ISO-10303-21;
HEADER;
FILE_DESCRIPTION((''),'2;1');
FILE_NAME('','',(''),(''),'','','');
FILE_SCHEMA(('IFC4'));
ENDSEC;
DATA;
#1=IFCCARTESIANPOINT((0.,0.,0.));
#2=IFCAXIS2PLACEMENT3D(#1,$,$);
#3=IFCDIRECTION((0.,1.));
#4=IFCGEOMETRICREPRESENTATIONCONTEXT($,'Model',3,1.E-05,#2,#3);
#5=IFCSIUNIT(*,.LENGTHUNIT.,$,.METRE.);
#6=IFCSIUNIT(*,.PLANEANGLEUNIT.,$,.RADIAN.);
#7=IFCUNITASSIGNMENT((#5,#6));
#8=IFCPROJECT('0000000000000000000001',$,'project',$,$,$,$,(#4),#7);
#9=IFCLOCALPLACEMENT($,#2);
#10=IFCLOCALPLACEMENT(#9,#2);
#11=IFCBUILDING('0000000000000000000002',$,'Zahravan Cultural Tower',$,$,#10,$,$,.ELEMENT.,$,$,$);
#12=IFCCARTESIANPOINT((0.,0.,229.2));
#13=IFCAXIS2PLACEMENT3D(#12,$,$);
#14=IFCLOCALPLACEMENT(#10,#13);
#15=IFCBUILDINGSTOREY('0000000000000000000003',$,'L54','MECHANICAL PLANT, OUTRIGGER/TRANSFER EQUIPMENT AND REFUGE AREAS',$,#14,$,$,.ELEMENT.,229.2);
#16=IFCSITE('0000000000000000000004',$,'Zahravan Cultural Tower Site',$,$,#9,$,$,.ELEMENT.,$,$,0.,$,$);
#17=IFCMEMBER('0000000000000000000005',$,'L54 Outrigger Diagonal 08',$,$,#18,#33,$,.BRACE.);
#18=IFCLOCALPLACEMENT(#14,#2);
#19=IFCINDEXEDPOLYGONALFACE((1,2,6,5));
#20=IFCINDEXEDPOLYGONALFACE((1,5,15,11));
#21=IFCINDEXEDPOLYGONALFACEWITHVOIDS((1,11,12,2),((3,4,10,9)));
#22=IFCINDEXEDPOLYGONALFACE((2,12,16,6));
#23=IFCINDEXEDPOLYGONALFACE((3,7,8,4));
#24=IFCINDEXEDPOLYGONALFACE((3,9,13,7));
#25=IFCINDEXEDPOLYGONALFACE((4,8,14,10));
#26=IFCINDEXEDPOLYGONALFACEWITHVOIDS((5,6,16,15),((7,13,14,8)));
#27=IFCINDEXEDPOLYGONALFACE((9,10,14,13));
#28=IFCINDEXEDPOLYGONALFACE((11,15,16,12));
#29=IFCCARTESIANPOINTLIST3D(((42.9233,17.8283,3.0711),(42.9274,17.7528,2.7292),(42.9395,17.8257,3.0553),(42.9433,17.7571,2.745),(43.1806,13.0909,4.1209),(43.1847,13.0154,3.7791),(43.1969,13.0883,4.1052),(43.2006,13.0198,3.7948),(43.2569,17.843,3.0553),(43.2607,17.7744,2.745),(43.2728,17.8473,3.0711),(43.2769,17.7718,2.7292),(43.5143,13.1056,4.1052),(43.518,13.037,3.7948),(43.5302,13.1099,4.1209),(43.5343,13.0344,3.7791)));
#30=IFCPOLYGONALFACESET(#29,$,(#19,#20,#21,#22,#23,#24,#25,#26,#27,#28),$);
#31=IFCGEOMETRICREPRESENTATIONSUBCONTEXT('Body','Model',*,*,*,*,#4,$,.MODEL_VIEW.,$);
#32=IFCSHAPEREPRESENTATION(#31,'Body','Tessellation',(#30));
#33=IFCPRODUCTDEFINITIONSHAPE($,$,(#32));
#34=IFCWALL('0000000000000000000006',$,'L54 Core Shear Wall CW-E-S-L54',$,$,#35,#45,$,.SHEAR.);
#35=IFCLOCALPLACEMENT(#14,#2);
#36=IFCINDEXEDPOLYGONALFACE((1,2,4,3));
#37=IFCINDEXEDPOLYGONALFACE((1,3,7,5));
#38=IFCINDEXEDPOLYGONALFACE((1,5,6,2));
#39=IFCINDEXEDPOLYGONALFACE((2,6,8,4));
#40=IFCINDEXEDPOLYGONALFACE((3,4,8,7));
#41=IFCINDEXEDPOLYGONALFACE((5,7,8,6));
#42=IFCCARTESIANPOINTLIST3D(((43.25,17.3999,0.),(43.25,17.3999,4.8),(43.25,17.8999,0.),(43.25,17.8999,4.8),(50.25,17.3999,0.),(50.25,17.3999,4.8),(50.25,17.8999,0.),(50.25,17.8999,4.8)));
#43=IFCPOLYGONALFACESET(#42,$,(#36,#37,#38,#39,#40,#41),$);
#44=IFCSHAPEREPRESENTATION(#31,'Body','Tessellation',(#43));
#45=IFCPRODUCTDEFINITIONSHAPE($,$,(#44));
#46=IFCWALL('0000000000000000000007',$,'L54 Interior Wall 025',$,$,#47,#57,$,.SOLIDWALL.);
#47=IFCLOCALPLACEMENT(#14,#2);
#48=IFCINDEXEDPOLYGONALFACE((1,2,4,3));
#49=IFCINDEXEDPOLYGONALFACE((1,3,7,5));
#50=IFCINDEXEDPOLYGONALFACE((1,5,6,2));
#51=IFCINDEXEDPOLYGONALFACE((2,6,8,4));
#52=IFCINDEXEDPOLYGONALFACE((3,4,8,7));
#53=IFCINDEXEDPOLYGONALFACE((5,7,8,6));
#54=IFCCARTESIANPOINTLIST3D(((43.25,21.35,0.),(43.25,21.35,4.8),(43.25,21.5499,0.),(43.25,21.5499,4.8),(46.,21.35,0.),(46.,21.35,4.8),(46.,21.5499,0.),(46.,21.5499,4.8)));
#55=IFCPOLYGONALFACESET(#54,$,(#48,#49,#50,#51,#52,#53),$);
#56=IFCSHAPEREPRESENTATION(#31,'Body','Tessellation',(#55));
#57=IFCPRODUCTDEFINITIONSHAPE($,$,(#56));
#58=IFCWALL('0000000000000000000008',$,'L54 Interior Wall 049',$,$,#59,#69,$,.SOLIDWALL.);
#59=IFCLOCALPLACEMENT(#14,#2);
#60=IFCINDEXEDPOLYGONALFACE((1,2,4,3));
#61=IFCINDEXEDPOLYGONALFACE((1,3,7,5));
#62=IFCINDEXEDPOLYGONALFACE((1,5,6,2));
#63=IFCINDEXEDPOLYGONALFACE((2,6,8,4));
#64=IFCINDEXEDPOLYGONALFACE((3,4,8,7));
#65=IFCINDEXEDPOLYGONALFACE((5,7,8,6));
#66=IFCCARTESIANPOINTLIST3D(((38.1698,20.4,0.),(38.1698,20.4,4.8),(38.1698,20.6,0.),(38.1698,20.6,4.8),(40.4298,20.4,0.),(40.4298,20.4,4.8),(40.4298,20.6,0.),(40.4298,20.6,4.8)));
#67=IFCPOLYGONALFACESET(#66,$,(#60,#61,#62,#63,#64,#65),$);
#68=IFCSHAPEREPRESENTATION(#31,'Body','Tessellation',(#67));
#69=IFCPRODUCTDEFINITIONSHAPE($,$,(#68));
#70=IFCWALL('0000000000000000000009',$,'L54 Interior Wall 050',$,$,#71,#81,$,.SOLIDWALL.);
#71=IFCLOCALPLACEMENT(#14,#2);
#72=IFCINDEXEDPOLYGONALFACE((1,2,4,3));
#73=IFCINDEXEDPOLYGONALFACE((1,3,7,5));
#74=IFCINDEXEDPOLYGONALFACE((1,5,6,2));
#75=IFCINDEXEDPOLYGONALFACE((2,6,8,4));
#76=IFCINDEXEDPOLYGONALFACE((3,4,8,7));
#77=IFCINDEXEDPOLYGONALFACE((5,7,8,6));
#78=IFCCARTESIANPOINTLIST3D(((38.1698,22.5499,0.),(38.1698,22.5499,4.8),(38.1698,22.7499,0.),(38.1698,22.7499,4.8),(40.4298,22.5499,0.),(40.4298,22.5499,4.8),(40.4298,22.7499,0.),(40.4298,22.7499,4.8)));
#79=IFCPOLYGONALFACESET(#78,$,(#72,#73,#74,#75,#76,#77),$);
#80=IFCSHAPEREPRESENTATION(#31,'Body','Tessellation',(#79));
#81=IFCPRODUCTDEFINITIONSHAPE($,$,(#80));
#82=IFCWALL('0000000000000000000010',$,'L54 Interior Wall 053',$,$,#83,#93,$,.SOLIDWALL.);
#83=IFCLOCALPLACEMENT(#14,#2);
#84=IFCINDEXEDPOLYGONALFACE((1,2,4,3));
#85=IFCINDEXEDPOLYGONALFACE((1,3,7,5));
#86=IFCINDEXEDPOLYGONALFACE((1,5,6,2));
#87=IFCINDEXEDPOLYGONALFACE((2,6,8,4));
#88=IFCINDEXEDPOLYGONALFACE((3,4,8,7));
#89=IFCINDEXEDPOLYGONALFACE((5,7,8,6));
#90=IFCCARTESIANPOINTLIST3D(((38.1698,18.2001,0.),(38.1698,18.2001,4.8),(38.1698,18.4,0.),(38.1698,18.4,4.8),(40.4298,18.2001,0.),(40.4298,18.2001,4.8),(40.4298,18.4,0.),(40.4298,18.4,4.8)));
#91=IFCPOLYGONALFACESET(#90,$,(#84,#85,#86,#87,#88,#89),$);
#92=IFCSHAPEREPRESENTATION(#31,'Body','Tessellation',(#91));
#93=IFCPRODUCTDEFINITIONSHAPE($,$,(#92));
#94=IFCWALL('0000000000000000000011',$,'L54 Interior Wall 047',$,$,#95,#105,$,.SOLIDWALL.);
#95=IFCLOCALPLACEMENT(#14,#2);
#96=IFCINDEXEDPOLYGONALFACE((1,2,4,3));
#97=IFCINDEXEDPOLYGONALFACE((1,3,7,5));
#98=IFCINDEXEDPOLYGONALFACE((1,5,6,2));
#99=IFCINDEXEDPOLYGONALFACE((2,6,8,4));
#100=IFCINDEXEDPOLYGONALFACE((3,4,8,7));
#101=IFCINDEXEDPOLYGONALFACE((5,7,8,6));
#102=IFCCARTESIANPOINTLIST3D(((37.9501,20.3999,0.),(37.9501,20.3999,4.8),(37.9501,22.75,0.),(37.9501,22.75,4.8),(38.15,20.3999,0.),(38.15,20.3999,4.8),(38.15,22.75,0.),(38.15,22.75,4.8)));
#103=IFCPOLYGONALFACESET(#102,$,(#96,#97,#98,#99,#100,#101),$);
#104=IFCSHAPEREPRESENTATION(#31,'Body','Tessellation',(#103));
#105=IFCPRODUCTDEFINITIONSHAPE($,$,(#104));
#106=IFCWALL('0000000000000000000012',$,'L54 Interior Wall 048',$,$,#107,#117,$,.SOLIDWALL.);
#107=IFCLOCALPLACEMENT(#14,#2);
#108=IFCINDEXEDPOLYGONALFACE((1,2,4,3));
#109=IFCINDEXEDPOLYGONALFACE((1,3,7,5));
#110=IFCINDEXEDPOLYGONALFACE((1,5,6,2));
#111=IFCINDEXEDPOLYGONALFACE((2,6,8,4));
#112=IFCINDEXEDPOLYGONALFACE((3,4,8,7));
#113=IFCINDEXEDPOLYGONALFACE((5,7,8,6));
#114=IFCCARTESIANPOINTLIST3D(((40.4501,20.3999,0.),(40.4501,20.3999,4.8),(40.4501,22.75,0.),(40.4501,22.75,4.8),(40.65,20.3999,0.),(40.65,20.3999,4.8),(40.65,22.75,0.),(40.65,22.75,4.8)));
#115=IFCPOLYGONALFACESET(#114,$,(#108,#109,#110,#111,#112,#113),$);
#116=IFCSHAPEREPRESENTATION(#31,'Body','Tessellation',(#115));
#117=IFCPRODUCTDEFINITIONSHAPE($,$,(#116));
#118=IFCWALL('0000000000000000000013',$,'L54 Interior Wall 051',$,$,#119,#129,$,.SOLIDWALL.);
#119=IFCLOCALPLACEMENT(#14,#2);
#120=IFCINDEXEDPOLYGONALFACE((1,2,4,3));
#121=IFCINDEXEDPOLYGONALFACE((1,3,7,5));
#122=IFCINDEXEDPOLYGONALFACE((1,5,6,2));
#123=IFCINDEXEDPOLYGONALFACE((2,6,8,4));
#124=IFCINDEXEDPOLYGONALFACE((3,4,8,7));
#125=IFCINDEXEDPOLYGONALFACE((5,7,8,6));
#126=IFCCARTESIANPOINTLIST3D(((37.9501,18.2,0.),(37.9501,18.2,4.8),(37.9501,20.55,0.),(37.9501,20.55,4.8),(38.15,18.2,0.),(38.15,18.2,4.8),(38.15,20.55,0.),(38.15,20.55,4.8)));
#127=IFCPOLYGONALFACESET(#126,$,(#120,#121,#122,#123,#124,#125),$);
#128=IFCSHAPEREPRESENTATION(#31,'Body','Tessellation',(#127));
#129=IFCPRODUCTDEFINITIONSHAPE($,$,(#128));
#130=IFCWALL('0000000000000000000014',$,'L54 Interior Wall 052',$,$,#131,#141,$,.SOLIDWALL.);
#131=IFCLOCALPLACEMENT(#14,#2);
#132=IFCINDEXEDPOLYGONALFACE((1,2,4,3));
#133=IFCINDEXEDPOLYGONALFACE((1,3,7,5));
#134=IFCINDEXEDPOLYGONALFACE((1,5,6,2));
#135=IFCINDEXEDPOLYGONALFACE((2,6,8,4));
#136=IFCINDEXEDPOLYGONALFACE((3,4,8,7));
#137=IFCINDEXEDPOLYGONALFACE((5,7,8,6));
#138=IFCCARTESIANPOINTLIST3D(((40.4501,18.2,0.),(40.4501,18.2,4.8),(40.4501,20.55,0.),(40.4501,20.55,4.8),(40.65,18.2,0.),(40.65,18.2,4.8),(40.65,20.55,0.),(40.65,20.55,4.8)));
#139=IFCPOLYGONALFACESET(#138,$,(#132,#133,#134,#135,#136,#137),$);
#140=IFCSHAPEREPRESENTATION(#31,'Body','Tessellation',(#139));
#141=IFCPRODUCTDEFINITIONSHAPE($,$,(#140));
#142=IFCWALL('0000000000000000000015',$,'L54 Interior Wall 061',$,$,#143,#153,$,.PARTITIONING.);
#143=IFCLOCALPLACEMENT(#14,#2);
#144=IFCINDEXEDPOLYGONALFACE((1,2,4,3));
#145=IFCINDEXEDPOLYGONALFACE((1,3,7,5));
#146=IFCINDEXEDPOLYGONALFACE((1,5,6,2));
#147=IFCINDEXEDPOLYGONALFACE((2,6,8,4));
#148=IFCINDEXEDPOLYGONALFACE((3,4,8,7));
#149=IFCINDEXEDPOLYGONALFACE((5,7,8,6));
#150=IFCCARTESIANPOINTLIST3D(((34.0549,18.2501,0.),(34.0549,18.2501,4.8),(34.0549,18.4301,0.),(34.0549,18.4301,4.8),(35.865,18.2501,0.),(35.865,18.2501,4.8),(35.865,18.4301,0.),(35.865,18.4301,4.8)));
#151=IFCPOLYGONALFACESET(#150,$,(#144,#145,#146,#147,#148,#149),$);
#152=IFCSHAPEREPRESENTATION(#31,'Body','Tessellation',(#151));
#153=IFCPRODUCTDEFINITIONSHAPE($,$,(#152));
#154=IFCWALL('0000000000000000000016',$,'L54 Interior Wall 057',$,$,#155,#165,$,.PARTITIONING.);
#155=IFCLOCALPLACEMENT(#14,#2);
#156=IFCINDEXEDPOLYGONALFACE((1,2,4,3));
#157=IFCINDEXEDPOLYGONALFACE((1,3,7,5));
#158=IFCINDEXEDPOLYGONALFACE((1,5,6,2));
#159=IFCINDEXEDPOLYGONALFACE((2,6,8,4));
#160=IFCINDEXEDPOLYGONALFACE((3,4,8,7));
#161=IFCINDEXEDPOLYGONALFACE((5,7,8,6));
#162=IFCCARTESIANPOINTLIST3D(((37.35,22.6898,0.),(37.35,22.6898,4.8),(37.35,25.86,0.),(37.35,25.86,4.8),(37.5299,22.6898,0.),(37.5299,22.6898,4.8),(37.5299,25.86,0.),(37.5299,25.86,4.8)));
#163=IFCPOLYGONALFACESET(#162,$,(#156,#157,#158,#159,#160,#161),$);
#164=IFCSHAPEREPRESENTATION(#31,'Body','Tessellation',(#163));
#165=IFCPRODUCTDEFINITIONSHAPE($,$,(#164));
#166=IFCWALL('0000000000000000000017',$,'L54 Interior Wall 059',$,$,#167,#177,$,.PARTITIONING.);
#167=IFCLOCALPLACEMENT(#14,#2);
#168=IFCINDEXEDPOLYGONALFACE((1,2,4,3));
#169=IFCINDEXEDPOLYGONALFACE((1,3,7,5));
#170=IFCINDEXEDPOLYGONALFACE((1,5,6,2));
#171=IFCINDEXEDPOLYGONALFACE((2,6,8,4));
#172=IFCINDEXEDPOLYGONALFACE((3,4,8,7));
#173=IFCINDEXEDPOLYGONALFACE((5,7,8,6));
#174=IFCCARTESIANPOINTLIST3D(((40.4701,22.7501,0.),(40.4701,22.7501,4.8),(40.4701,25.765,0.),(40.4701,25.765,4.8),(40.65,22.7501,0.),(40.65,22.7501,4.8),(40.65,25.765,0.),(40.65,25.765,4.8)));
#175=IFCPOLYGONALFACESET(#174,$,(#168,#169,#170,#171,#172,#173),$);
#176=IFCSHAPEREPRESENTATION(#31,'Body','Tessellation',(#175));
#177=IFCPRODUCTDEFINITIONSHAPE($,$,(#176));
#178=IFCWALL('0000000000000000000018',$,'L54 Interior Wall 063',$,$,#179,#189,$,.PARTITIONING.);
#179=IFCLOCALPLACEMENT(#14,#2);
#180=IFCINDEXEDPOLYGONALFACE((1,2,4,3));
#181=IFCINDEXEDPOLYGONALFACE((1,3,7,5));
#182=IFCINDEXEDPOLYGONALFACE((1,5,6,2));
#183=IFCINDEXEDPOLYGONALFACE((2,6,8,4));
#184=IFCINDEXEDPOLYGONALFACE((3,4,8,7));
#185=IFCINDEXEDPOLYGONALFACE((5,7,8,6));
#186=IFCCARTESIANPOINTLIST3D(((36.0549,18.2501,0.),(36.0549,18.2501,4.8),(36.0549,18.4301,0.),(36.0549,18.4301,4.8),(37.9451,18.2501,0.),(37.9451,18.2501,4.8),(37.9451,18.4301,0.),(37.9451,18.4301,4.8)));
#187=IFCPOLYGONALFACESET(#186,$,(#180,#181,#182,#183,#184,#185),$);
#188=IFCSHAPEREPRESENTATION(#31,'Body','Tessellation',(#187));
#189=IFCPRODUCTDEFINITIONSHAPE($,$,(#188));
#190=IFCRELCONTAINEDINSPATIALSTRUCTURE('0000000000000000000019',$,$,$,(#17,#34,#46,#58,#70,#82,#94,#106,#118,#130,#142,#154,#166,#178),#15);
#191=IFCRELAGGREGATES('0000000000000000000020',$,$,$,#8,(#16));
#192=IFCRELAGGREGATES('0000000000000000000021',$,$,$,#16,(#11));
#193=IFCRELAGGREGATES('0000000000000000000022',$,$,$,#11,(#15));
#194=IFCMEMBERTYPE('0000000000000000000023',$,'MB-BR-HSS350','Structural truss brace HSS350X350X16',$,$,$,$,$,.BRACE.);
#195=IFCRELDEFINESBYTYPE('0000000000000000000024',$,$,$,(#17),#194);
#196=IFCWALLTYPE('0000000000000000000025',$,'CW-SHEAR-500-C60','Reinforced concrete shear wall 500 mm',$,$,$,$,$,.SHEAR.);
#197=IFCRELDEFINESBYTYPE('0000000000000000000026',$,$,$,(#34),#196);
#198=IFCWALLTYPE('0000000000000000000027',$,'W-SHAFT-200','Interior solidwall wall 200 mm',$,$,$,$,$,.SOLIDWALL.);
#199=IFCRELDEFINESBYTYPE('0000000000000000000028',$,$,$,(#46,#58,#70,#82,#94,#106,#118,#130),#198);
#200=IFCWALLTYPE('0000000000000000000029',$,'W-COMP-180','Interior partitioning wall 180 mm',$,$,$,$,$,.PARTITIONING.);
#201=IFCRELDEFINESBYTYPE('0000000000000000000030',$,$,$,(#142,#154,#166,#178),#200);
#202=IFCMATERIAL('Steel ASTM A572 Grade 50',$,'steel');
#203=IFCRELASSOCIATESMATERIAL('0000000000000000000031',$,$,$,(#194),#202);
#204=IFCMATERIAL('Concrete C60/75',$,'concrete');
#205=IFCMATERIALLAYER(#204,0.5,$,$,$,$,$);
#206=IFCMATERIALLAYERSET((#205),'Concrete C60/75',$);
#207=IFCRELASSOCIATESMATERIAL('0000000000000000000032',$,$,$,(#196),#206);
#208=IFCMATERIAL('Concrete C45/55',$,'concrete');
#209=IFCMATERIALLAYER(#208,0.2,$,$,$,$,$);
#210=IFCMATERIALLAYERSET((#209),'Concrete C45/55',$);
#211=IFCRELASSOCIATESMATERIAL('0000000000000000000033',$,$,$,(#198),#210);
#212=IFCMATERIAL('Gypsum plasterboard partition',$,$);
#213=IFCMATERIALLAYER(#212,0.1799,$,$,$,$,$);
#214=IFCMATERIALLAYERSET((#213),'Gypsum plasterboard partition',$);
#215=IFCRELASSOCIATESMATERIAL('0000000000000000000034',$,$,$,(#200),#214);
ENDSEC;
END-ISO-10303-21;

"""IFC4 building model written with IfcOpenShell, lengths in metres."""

from ifc_helpers import new_model, si_unit, direction, frame, frame_2d, origin, origin_2d, place, context, subcontext, project, spatial, rectangle, hollow_rectangle, extrude, source, transform, mapped, material, layer, layer_set, material_profile, profile_set, type_object, element, save


model = new_model("IFC4")

# Units and contexts
model_context = context("Model", 3, precision=1e-05, world=origin(), true_north=direction((0.0, 1.0)))
body_context = subcontext(model_context, "Body", "Model", "MODEL_VIEW")
ifc_project = project(units=[si_unit("LENGTHUNIT", "METRE"), si_unit("PLANEANGLEUNIT", "RADIAN")], contexts=[model_context])

# Site, building, storey
site_placement = place(None, origin())
site = spatial("IfcSite", under=ifc_project, at=site_placement, Name="Zahravan Cultural Tower Site", CompositionType="ELEMENT", RefElevation=0.0)
building_placement = place(site_placement, origin())
building = spatial("IfcBuilding", under=site, at=building_placement, Name="Zahravan Cultural Tower", CompositionType="ELEMENT")
storey_placement = place(building_placement, frame((0.0, 0.0, 229.2)))
storey = spatial("IfcBuildingStorey", under=building, at=storey_placement, Name="L54", Description="MECHANICAL PLANT, OUTRIGGER/TRANSFER EQUIPMENT AND REFUGE AREAS", CompositionType="ELEMENT", Elevation=229.2)

# Member
ifc_material_1 = material(Name="Steel ASTM A572 Grade 50", Category="steel")
ifc_material_profile_1 = material_profile(ifc_material_1, hollow_rectangle(XDim=0.3501, YDim=0.3501, WallThickness=0.0161, at=origin_2d()), Name="HSS350X350X16")
ifc_profile_set_1 = profile_set([ifc_material_profile_1], Name="Steel ASTM A572 Grade 50")
member_type = type_object("IfcMemberType", Name="MB-BR-HSS350", Description="Structural truss brace HSS350X350X16", PredefinedType="BRACE", material=ifc_profile_set_1)
shared_shape_1 = source(origin(), body_context, "Body", "SweptSolid", [
    extrude(hollow_rectangle(XDim=0.3501, YDim=0.3501, WallThickness=0.0161, at=origin_2d()), origin(), (0.0, 0.0, 1.0), 4.8591),
])
member_placement = place(storey_placement, frame((43.1001, 17.8, 2.9001), z_axis=(0.052958, -0.974945, 0.216051), x_axis=(0.998528, 0.054239, 0.0)))
element("IfcMember", 1, at=member_placement, inside=storey, type_object=member_type, Name="L54 Outrigger Diagonal 08", PredefinedType="BRACE", context=body_context, shape_type="MappedRepresentation", body=[
    mapped(shared_shape_1, transform((0.0, 0.0, 0.0), x_axis=(1.0, 0.0, 0.0), y_axis=(0.0, 1.0, 0.0), z_axis=(0.0, 0.0, 1.0), scale=1.0)),
])

# Walls
ifc_material_2 = material(Name="Concrete C60/75", Category="concrete")
ifc_layer_1 = layer(ifc_material_2, 0.5)
ifc_layer_set_1 = layer_set([ifc_layer_1], Name="Concrete C60/75")
wall_type_1 = type_object("IfcWallType", Name="CW-SHEAR-500-C60", Description="Reinforced concrete shear wall 500 mm", PredefinedType="SHEAR", material=ifc_layer_set_1)
shared_shape_2 = source(origin(), body_context, "Body", "SweptSolid", [
    extrude(rectangle(XDim=7.0, YDim=0.5, at=frame_2d((3.5, 0.0))), origin(), (0.0, 0.0, 1.0), 4.8),
])
wall_1_placement = place(storey_placement, frame((43.25, 17.6499, 0.0), z_axis=(0.0, 0.0, 1.0), x_axis=(1.0, 0.0, 0.0)))
element("IfcWall", 2, at=wall_1_placement, inside=storey, type_object=wall_type_1, Name="L54 Core Shear Wall CW-E-S-L54", PredefinedType="SHEAR", context=body_context, shape_type="MappedRepresentation", body=[
    mapped(shared_shape_2, transform((0.0, 0.0, 0.0), x_axis=(1.0, 0.0, 0.0), y_axis=(0.0, 1.0, 0.0), z_axis=(0.0, 0.0, 1.0), scale=1.0)),
])
ifc_material_3 = material(Name="Concrete C45/55", Category="concrete")
ifc_layer_2 = layer(ifc_material_3, 0.2)
ifc_layer_set_2 = layer_set([ifc_layer_2], Name="Concrete C45/55")
wall_type_2 = type_object("IfcWallType", Name="W-SHAFT-200", Description="Interior solidwall wall 200 mm", PredefinedType="SOLIDWALL", material=ifc_layer_set_2)
shared_shape_3 = source(origin(), body_context, "Body", "SweptSolid", [
    extrude(rectangle(XDim=2.75, YDim=0.2, at=frame_2d((1.375, 0.0))), origin(), (0.0, 0.0, 1.0), 4.8),
])
wall_2_placement = place(storey_placement, frame((43.25, 21.45, 0.0), z_axis=(0.0, 0.0, 1.0), x_axis=(1.0, 0.0, 0.0)))
element("IfcWall", 3, at=wall_2_placement, inside=storey, type_object=wall_type_2, Name="L54 Interior Wall 025", PredefinedType="SOLIDWALL", context=body_context, shape_type="MappedRepresentation", body=[
    mapped(shared_shape_3, transform((0.0, 0.0, 0.0), x_axis=(1.0, 0.0, 0.0), y_axis=(0.0, 1.0, 0.0), z_axis=(0.0, 0.0, 1.0), scale=1.0)),
])
shared_shape_4 = source(origin(), body_context, "Body", "SweptSolid", [
    extrude(rectangle(XDim=2.26, YDim=0.2, at=frame_2d((1.1299, 0.0))), origin(), (0.0, 0.0, 1.0), 4.8),
])
for number, where, z_axis, x_axis, name in (
    (4, (38.1699, 20.5, 0.0), (0.0, 0.0, 1.0), (1.0, 0.0, 0.0), "L54 Interior Wall 049"),
    (5, (38.1699, 22.6499, 0.0), (0.0, 0.0, 1.0), (1.0, 0.0, 0.0), "L54 Interior Wall 050"),
    (6, (38.1699, 18.3, 0.0), (0.0, 0.0, 1.0), (1.0, 0.0, 0.0), "L54 Interior Wall 053"),
):
    element("IfcWall", number, at=place(storey_placement, frame(where, z_axis=z_axis, x_axis=x_axis)), inside=storey, type_object=wall_type_2, Name=name, PredefinedType="SOLIDWALL", context=body_context, shape_type="MappedRepresentation", body=[
        mapped(shared_shape_4, transform((0.0, 0.0, 0.0), x_axis=(1.0, 0.0, 0.0), y_axis=(0.0, 1.0, 0.0), z_axis=(0.0, 0.0, 1.0), scale=1.0)),
    ])
shared_shape_5 = source(origin(), body_context, "Body", "SweptSolid", [
    extrude(rectangle(XDim=2.3501, YDim=0.2, at=frame_2d((1.175, 0.0))), origin(), (0.0, 0.0, 1.0), 4.8),
])
for number, where, z_axis, x_axis, name in (
    (7, (38.05, 20.3999, 0.0), (0.0, 0.0, 1.0), (0.0, 1.0, 0.0), "L54 Interior Wall 047"),
    (8, (40.55, 20.3999, 0.0), (0.0, 0.0, 1.0), (0.0, 1.0, 0.0), "L54 Interior Wall 048"),
    (9, (38.05, 18.2, 0.0), (0.0, 0.0, 1.0), (0.0, 1.0, 0.0), "L54 Interior Wall 051"),
    (10, (40.55, 18.2, 0.0), (0.0, 0.0, 1.0), (0.0, 1.0, 0.0), "L54 Interior Wall 052"),
):
    element("IfcWall", number, at=place(storey_placement, frame(where, z_axis=z_axis, x_axis=x_axis)), inside=storey, type_object=wall_type_2, Name=name, PredefinedType="SOLIDWALL", context=body_context, shape_type="MappedRepresentation", body=[
        mapped(shared_shape_5, transform((0.0, 0.0, 0.0), x_axis=(1.0, 0.0, 0.0), y_axis=(0.0, 1.0, 0.0), z_axis=(0.0, 0.0, 1.0), scale=1.0)),
    ])
ifc_material_4 = material(Name="Gypsum plasterboard partition")
ifc_layer_3 = layer(ifc_material_4, 0.1799)
ifc_layer_set_3 = layer_set([ifc_layer_3], Name="Gypsum plasterboard partition")
wall_type_3 = type_object("IfcWallType", Name="W-COMP-180", Description="Interior partitioning wall 180 mm", PredefinedType="PARTITIONING", material=ifc_layer_set_3)
shared_shape_6 = source(origin(), body_context, "Body", "SweptSolid", [
    extrude(rectangle(XDim=1.8101, YDim=0.1799, at=frame_2d((0.905, 0.0))), origin(), (0.0, 0.0, 1.0), 4.8),
])
wall_3_placement = place(storey_placement, frame((35.865, 18.3401, 0.0), z_axis=(0.0, 0.0, 1.0), x_axis=(-1.0, 0.0, 0.0)))
element("IfcWall", 11, at=wall_3_placement, inside=storey, type_object=wall_type_3, Name="L54 Interior Wall 061", PredefinedType="PARTITIONING", context=body_context, shape_type="MappedRepresentation", body=[
    mapped(shared_shape_6, transform((0.0, 0.0, 0.0), x_axis=(1.0, 0.0, 0.0), y_axis=(0.0, 1.0, 0.0), z_axis=(0.0, 0.0, 1.0), scale=1.0)),
])
shared_shape_7 = source(origin(), body_context, "Body", "SweptSolid", [
    extrude(rectangle(XDim=3.1702, YDim=0.1799, at=frame_2d((1.585, 0.0))), origin(), (0.0, 0.0, 1.0), 4.8),
])
wall_4_placement = place(storey_placement, frame((37.4399, 22.6899, 0.0), z_axis=(0.0, 0.0, 1.0), x_axis=(0.0, 1.0, 0.0)))
element("IfcWall", 12, at=wall_4_placement, inside=storey, type_object=wall_type_3, Name="L54 Interior Wall 057", PredefinedType="PARTITIONING", context=body_context, shape_type="MappedRepresentation", body=[
    mapped(shared_shape_7, transform((0.0, 0.0, 0.0), x_axis=(1.0, 0.0, 0.0), y_axis=(0.0, 1.0, 0.0), z_axis=(0.0, 0.0, 1.0), scale=1.0)),
])
shared_shape_8 = source(origin(), body_context, "Body", "SweptSolid", [
    extrude(rectangle(XDim=3.0149, YDim=0.1799, at=frame_2d((1.5073, 0.0))), origin(), (0.0, 0.0, 1.0), 4.8),
])
wall_5_placement = place(storey_placement, frame((40.5601, 25.7649, 0.0), z_axis=(0.0, 0.0, 1.0), x_axis=(0.0, -1.0, 0.0)))
element("IfcWall", 13, at=wall_5_placement, inside=storey, type_object=wall_type_3, Name="L54 Interior Wall 059", PredefinedType="PARTITIONING", context=body_context, shape_type="MappedRepresentation", body=[
    mapped(shared_shape_8, transform((0.0, 0.0, 0.0), x_axis=(1.0, 0.0, 0.0), y_axis=(0.0, 1.0, 0.0), z_axis=(0.0, 0.0, 1.0), scale=1.0)),
])
shared_shape_9 = source(origin(), body_context, "Body", "SweptSolid", [
    extrude(rectangle(XDim=1.8901, YDim=0.1799, at=frame_2d((0.9451, 0.0))), origin(), (0.0, 0.0, 1.0), 4.8),
])
wall_6_placement = place(storey_placement, frame((37.9451, 18.3401, 0.0), z_axis=(0.0, 0.0, 1.0), x_axis=(-1.0, 0.0, 0.0)))
element("IfcWall", 14, at=wall_6_placement, inside=storey, type_object=wall_type_3, Name="L54 Interior Wall 063", PredefinedType="PARTITIONING", context=body_context, shape_type="MappedRepresentation", body=[
    mapped(shared_shape_9, transform((0.0, 0.0, 0.0), x_axis=(1.0, 0.0, 0.0), y_axis=(0.0, 1.0, 0.0), z_axis=(0.0, 0.0, 1.0), scale=1.0)),
])

save(model, "model.ifc")
